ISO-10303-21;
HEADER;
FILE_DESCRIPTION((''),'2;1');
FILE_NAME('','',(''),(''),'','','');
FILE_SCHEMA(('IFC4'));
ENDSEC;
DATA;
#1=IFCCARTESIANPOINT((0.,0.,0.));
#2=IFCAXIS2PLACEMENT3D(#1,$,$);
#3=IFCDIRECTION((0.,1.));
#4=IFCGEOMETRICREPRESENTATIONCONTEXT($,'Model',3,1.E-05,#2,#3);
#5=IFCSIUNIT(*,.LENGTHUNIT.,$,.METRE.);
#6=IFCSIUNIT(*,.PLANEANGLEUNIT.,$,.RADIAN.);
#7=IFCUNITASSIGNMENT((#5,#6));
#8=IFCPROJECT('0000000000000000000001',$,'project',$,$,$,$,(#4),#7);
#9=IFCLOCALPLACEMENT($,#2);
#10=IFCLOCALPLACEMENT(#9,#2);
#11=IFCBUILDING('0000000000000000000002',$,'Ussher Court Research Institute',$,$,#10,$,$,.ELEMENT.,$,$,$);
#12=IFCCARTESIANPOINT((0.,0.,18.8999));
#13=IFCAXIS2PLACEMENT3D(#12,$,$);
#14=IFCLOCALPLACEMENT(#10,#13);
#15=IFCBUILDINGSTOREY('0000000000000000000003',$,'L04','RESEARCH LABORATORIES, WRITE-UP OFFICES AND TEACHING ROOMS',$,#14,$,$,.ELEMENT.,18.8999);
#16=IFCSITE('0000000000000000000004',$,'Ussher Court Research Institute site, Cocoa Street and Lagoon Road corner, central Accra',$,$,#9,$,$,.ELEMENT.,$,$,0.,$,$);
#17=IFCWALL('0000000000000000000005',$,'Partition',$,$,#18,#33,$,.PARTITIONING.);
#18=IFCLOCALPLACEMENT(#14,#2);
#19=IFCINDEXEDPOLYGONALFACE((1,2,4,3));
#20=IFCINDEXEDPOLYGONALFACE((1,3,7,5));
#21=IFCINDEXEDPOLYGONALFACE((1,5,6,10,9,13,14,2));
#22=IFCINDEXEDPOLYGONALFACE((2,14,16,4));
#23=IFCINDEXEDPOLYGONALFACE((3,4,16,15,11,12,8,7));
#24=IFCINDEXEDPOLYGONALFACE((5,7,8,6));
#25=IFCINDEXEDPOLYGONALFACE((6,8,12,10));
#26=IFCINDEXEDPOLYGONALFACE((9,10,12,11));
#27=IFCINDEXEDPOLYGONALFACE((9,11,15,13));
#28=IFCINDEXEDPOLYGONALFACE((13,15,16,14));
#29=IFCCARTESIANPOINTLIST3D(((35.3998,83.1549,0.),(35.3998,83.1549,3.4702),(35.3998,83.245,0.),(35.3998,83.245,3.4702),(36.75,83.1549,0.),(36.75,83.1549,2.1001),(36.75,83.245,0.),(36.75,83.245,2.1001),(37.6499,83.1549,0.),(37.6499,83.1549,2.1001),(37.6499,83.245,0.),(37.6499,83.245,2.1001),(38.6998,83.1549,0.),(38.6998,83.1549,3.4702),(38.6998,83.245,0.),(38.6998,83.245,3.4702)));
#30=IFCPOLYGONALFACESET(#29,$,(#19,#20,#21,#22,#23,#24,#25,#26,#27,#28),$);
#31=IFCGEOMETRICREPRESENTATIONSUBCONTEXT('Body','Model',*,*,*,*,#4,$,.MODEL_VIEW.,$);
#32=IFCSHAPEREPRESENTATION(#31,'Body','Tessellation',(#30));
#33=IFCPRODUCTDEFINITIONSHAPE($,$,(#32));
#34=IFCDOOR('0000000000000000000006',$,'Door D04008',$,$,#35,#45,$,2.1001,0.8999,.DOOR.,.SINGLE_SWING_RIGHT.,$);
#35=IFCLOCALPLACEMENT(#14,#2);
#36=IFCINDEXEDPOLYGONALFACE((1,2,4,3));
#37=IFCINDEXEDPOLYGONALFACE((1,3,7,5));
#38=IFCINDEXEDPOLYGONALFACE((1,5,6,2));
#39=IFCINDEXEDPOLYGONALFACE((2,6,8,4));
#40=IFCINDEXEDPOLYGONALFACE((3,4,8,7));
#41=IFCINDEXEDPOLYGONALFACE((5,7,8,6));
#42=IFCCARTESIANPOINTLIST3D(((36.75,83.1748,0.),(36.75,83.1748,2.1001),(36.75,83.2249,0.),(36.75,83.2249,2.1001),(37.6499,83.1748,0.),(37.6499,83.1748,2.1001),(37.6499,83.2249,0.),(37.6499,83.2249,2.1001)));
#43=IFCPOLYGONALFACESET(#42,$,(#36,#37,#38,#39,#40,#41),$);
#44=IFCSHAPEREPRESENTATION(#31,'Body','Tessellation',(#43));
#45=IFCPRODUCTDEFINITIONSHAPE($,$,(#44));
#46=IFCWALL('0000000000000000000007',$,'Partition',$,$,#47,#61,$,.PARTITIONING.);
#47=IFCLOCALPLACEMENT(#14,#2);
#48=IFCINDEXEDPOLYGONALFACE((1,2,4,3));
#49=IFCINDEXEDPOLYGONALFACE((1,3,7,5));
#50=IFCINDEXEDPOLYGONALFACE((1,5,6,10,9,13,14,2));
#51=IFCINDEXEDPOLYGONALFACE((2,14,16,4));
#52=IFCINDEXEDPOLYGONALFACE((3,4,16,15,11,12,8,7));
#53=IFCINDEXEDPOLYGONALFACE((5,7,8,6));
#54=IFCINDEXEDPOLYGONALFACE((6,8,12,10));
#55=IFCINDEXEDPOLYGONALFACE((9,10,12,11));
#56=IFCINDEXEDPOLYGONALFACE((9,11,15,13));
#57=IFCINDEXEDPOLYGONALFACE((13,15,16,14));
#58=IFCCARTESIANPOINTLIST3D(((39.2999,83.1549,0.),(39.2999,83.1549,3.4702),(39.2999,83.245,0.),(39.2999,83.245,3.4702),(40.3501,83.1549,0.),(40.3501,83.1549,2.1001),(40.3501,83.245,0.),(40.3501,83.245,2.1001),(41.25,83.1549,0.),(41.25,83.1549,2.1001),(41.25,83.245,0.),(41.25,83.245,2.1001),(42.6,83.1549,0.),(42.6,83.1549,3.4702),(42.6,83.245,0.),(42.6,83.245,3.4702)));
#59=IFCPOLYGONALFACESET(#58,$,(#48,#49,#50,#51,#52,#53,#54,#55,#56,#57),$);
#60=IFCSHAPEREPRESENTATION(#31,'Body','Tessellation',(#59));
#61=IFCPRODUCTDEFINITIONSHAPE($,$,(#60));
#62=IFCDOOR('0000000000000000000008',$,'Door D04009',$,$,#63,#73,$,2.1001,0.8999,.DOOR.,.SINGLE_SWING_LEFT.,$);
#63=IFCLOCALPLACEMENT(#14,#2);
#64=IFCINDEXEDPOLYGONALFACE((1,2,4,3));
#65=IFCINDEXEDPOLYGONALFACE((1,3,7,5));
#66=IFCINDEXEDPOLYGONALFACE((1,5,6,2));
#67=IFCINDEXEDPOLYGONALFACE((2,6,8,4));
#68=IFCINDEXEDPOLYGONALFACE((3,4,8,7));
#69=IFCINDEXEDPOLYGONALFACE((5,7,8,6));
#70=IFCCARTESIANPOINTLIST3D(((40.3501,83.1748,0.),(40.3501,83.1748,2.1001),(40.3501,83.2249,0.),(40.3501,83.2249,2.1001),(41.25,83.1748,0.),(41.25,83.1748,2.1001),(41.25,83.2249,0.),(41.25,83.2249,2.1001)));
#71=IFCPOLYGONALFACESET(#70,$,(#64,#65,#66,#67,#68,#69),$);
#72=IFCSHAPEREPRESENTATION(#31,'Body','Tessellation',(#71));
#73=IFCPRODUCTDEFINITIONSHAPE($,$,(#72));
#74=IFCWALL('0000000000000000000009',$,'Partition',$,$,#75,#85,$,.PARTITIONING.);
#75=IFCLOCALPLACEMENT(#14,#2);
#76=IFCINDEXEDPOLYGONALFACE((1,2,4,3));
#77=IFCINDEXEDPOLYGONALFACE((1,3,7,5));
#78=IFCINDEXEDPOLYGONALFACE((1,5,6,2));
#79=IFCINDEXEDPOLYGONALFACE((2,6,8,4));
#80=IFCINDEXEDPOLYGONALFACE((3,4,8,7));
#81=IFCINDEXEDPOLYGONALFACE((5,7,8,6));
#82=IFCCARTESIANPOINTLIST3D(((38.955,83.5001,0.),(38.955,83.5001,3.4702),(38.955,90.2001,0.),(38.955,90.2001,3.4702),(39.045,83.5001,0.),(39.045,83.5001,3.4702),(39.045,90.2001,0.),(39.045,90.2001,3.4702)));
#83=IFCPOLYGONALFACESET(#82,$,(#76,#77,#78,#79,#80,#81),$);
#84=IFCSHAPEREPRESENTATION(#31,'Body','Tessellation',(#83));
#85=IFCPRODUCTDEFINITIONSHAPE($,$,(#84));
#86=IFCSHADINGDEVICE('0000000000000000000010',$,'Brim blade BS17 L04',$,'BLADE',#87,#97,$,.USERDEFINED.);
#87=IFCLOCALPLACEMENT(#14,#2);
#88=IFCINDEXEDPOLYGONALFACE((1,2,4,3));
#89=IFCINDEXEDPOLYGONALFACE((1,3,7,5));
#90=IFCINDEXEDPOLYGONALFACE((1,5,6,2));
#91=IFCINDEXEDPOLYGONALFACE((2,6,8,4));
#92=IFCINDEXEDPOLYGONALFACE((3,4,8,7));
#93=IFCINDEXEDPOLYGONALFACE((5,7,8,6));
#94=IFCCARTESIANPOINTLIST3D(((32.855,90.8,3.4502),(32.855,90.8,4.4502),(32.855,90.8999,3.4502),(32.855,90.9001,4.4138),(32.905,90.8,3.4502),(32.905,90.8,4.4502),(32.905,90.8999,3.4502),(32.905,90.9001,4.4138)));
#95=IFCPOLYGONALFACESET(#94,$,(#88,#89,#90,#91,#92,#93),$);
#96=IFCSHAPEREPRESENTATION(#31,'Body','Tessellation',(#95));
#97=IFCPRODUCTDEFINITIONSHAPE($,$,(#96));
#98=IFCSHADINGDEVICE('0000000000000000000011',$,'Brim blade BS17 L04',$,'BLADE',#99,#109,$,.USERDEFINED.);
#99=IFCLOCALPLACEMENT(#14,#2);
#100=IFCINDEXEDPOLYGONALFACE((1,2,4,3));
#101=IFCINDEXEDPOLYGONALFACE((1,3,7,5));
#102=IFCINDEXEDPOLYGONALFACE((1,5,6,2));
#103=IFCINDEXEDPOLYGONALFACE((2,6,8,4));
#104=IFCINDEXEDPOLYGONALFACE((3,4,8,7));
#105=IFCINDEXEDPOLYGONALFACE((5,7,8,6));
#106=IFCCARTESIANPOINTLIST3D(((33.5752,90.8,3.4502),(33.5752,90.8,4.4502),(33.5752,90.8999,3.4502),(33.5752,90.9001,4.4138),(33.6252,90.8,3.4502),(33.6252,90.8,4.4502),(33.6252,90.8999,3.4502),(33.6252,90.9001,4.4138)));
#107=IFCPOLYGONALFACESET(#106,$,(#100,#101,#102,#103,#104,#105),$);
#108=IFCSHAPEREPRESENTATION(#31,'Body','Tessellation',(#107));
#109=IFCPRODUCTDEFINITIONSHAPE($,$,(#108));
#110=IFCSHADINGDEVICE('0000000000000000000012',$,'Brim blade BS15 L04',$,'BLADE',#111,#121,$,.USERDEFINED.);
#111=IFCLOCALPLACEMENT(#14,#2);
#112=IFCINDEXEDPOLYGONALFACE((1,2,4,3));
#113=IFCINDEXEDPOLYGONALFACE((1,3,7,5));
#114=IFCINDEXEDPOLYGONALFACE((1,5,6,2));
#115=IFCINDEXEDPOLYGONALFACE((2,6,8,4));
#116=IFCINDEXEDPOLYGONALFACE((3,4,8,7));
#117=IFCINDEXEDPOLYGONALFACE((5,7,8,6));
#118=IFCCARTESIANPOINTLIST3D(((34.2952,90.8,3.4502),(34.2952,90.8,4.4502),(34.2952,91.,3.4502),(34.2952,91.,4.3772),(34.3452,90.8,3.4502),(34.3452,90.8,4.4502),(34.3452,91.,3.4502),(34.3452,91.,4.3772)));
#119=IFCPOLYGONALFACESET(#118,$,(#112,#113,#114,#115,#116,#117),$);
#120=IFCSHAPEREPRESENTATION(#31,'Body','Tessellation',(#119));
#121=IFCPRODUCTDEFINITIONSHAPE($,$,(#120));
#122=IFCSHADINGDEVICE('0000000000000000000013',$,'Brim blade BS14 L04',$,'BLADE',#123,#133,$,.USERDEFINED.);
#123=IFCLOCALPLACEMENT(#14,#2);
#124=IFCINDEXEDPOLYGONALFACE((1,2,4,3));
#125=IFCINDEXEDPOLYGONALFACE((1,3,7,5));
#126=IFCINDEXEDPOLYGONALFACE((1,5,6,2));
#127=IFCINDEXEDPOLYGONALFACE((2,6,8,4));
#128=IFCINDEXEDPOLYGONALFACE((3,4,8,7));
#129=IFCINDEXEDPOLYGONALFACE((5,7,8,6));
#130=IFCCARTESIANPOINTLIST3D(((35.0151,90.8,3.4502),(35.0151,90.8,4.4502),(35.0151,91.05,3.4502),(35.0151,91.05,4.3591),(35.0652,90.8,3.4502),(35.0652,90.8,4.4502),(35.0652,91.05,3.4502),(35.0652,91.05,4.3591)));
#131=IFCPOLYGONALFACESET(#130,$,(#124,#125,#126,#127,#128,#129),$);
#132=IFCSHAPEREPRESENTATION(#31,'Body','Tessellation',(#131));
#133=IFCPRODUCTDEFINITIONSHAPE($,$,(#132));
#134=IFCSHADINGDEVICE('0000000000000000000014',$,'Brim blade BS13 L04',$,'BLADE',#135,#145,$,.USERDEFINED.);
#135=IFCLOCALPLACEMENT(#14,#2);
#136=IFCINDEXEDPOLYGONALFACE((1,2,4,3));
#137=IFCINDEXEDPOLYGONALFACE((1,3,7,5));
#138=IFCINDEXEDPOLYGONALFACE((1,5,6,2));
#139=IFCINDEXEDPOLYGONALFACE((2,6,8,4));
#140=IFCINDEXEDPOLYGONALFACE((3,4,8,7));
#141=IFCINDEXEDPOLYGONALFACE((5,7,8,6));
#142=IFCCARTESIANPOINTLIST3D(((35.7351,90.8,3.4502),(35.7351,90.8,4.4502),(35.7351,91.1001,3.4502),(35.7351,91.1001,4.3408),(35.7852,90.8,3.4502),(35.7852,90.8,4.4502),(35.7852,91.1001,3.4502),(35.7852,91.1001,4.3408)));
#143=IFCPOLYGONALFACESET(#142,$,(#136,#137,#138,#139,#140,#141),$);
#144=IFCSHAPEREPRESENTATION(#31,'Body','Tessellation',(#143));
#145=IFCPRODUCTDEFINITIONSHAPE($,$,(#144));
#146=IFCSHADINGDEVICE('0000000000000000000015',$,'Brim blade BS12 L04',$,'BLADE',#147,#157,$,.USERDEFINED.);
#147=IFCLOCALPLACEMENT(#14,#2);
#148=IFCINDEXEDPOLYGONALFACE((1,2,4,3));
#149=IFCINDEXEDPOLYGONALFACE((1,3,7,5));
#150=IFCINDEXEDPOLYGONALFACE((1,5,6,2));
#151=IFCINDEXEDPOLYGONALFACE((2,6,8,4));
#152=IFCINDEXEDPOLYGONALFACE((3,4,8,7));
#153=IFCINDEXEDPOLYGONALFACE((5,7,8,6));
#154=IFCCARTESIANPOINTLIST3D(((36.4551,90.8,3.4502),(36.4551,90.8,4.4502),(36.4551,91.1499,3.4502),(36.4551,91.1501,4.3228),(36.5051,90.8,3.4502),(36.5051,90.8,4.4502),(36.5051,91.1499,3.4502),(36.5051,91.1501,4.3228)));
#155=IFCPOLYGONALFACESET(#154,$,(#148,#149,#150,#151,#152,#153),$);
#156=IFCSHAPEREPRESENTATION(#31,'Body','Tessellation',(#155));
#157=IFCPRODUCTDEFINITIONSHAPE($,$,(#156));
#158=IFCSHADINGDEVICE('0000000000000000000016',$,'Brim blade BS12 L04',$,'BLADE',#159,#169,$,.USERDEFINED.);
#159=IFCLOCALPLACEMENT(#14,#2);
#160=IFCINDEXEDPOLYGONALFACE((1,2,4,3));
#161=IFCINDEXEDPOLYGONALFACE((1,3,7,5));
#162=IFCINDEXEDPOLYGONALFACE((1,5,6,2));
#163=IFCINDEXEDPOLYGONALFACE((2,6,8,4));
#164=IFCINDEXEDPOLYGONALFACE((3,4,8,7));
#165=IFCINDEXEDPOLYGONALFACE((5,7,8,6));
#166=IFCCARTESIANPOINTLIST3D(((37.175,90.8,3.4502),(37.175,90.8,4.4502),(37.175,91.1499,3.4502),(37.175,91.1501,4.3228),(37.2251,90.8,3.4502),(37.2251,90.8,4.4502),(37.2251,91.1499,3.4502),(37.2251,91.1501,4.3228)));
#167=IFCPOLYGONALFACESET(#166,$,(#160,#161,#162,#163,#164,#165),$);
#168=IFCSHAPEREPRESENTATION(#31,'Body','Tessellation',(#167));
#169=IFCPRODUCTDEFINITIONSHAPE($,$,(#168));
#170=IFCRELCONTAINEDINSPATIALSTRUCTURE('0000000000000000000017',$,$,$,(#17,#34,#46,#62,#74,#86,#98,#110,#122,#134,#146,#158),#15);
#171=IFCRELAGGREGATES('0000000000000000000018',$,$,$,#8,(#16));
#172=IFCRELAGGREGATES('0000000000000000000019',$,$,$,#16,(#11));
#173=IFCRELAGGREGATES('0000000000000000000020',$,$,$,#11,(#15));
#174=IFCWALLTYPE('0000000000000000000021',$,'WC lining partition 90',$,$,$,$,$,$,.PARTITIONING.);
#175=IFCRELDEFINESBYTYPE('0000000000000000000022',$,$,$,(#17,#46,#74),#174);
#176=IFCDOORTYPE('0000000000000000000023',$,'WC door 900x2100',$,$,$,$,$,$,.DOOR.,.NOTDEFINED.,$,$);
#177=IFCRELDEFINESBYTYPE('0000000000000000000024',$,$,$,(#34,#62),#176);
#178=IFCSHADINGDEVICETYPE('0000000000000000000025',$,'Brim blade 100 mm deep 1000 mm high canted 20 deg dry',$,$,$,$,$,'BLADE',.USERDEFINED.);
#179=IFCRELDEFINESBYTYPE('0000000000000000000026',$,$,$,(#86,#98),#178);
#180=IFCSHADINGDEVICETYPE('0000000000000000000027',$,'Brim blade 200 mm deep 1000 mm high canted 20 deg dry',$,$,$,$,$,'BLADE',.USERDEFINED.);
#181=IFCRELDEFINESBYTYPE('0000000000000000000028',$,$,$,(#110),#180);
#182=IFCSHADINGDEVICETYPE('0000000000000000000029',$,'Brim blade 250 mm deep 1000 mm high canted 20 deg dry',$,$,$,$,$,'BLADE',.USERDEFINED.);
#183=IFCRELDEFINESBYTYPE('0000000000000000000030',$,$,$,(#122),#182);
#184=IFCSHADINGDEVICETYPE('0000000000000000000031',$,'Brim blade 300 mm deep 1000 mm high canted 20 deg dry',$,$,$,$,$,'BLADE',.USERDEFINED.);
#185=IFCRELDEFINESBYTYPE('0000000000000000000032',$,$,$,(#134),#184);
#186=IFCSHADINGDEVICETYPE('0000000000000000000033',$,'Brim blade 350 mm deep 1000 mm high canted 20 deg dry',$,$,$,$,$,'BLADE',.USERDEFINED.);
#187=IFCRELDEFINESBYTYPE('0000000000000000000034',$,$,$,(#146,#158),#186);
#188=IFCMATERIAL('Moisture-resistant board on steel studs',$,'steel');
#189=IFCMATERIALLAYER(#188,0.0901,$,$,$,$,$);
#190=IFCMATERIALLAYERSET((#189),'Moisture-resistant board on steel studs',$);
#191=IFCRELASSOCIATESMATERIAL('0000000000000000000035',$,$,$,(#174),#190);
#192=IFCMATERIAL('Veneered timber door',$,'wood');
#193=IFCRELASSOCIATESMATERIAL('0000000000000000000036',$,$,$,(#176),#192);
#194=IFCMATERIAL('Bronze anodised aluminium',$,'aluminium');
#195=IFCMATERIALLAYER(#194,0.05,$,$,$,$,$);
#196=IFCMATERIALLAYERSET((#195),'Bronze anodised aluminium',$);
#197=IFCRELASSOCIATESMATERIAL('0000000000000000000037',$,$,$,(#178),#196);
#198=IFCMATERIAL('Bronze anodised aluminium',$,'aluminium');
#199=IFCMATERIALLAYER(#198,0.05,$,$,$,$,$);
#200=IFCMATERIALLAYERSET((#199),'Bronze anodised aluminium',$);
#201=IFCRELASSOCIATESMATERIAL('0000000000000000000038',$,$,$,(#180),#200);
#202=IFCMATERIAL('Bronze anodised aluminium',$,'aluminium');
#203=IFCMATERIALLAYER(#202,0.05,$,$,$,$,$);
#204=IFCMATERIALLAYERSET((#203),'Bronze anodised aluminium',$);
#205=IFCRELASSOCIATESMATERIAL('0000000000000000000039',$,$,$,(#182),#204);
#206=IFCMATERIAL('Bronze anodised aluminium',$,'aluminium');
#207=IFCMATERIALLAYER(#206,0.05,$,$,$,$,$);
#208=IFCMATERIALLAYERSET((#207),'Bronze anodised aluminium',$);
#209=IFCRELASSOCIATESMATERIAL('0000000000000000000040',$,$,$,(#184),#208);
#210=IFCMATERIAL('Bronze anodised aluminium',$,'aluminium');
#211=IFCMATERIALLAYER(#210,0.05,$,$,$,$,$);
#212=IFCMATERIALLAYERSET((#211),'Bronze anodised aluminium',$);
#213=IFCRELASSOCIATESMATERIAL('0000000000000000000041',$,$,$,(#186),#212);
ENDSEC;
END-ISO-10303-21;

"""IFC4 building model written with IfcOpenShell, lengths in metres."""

from ifc_helpers import new_model, si_unit, direction, frame, frame_2d, origin, place, context, subcontext, project, spatial, polyline, rectangle, outline, extrude, material, layer, layer_set, type_object, element, fill, save


model = new_model("IFC4")

# Units and contexts
model_context = context("Model", 3, precision=1e-05, world=origin(), true_north=direction((0.0, 1.0)))
body_context = subcontext(model_context, "Body", "Model", "MODEL_VIEW")
ifc_project = project(units=[si_unit("LENGTHUNIT", "METRE"), si_unit("PLANEANGLEUNIT", "RADIAN")], contexts=[model_context])

# Site, building, storey
site_placement = place(None, origin())
site = spatial("IfcSite", under=ifc_project, at=site_placement, Name="Ussher Court Research Institute site, Cocoa Street and Lagoon Road corner, central Accra", CompositionType="ELEMENT", RefElevation=0.0)
building_placement = place(site_placement, origin())
building = spatial("IfcBuilding", under=site, at=building_placement, Name="Ussher Court Research Institute", CompositionType="ELEMENT")
storey_placement = place(building_placement, frame((0.0, 0.0, 18.8999)))
storey = spatial("IfcBuildingStorey", under=building, at=storey_placement, Name="L04", Description="RESEARCH LABORATORIES, WRITE-UP OFFICES AND TEACHING ROOMS", CompositionType="ELEMENT", Elevation=18.8999)

# Walls, openings, doors
ifc_material_1 = material(Name="Moisture-resistant board on steel studs", Category="steel")
ifc_layer_1 = layer(ifc_material_1, 0.0901)
ifc_layer_set_1 = layer_set([ifc_layer_1], Name="Moisture-resistant board on steel studs")
wall_type_1 = type_object("IfcWallType", Name="WC lining partition 90", PredefinedType="PARTITIONING", material=ifc_layer_set_1)
wall_1_placement = place(storey_placement, frame((35.3999, 83.2, 0.0), z_axis=(0.0, 0.0, 1.0), x_axis=(1.0, 0.0, 0.0)))
wall_1 = element("IfcWall", 1, at=wall_1_placement, inside=storey, type_object=wall_type_1, Name="Partition", PredefinedType="PARTITIONING", context=body_context, shape_type="SweptSolid", body=[
    extrude(rectangle(XDim=3.3, YDim=0.0901, at=frame_2d((1.6499, 0.0))), origin(), (0.0, 0.0, 1.0), 3.4702),
])
opening_1_placement = place(wall_1_placement, frame((1.3501, 0.0, 0.0)))
opening_1 = element("IfcOpeningElement", 2, at=opening_1_placement, cuts=wall_1, PredefinedType="OPENING", context=body_context, shape_type="SweptSolid", body=[
    extrude(rectangle(XDim=0.8999, YDim=2.1001, at=frame_2d((0.45, 1.05))), frame((0.0, 0.0552, 0.0), z_axis=(0.0, -1.0, 0.0), x_axis=(1.0, 0.0, 0.0)), (0.0, 0.0, 1.0), 0.1101),
])
ifc_material_2 = material(Name="Veneered timber door", Category="wood")
door_type = type_object("IfcDoorType", Name="WC door 900x2100", OperationType="NOTDEFINED", PredefinedType="DOOR", material=ifc_material_2)
door_1_placement = place(opening_1_placement, origin())
door_1 = element("IfcDoor", 3, at=door_1_placement, inside=storey, type_object=door_type, Name="Door D04008", OperationType="SINGLE_SWING_RIGHT", OverallHeight=2.1001, OverallWidth=0.8999, PredefinedType="DOOR", context=body_context, shape_type="SweptSolid", body=[
    extrude(rectangle(XDim=0.8999, YDim=2.1001, at=frame_2d((0.45, 1.05))), frame((0.0, 0.0249, 0.0), z_axis=(0.0, -1.0, 0.0), x_axis=(1.0, 0.0, 0.0)), (0.0, 0.0, 1.0), 0.05),
])
fill(opening_1, door_1)
wall_2_placement = place(storey_placement, frame((39.3, 83.2, 0.0), z_axis=(0.0, 0.0, 1.0), x_axis=(1.0, 0.0, 0.0)))
wall_2 = element("IfcWall", 4, at=wall_2_placement, inside=storey, type_object=wall_type_1, Name="Partition", PredefinedType="PARTITIONING", context=body_context, shape_type="SweptSolid", body=[
    extrude(rectangle(XDim=3.3, YDim=0.0901, at=frame_2d((1.6499, 0.0))), origin(), (0.0, 0.0, 1.0), 3.4702),
])
opening_2_placement = place(wall_2_placement, frame((1.05, 0.0, 0.0)))
opening_2 = element("IfcOpeningElement", 5, at=opening_2_placement, cuts=wall_2, PredefinedType="OPENING", context=body_context, shape_type="SweptSolid", body=[
    extrude(rectangle(XDim=0.8999, YDim=2.1001, at=frame_2d((0.45, 1.05))), frame((0.0, 0.0552, 0.0), z_axis=(0.0, -1.0, 0.0), x_axis=(1.0, 0.0, 0.0)), (0.0, 0.0, 1.0), 0.1101),
])
door_2_placement = place(opening_2_placement, origin())
door_2 = element("IfcDoor", 6, at=door_2_placement, inside=storey, type_object=door_type, Name="Door D04009", OperationType="SINGLE_SWING_LEFT", OverallHeight=2.1001, OverallWidth=0.8999, PredefinedType="DOOR", context=body_context, shape_type="SweptSolid", body=[
    extrude(rectangle(XDim=0.8999, YDim=2.1001, at=frame_2d((0.45, 1.05))), frame((0.0, 0.0249, 0.0), z_axis=(0.0, -1.0, 0.0), x_axis=(1.0, 0.0, 0.0)), (0.0, 0.0, 1.0), 0.05),
])
fill(opening_2, door_2)

# Wall
wall_3_placement = place(storey_placement, frame((39.0, 83.5, 0.0), z_axis=(0.0, 0.0, 1.0), x_axis=(0.0, 1.0, 0.0)))
element("IfcWall", 7, at=wall_3_placement, inside=storey, type_object=wall_type_1, Name="Partition", PredefinedType="PARTITIONING", context=body_context, shape_type="SweptSolid", body=[
    extrude(rectangle(XDim=6.7, YDim=0.0901, at=frame_2d((3.3501, 0.0))), origin(), (0.0, 0.0, 1.0), 3.4702),
])

# Shading devices
ifc_material_3 = material(Name="Bronze anodised aluminium", Category="aluminium")
ifc_layer_2 = layer(ifc_material_3, 0.05)
ifc_layer_set_2 = layer_set([ifc_layer_2], Name="Bronze anodised aluminium")
shading_device_type_1 = type_object("IfcShadingDeviceType", Name="Brim blade 100 mm deep 1000 mm high canted 20 deg dry", ElementType="BLADE", PredefinedType="USERDEFINED", material=ifc_layer_set_2)
for number, where, z_axis, x_axis, name in (
    (8, (32.8799, 90.8, 3.4502), (0.0, 0.0, 1.0), (0.0, 1.0, 0.0), "Brim blade BS17 L04"),
    (9, (33.6001, 90.8, 3.4502), (0.0, 0.0, 1.0), (0.0, 1.0, 0.0), "Brim blade BS17 L04"),
):
    element("IfcShadingDevice", number, at=place(storey_placement, frame(where, z_axis=z_axis, x_axis=x_axis)), inside=storey, type_object=shading_device_type_1, Name=name, ObjectType="BLADE", PredefinedType="USERDEFINED", context=body_context, shape_type="SweptSolid", body=[
        extrude(outline(polyline([(0.0, 0.0), (0.0999, 0.0), (0.1001, 0.9636), (0.0, 1.0), (0.0, 0.0)])), frame((0.0, 0.0249, 0.0), z_axis=(0.0, -1.0, 0.0), x_axis=(1.0, 0.0, 0.0)), (0.0, 0.0, 1.0), 0.05),
    ])
ifc_material_4 = material(Name="Bronze anodised aluminium", Category="aluminium")
ifc_layer_3 = layer(ifc_material_4, 0.05)
ifc_layer_set_3 = layer_set([ifc_layer_3], Name="Bronze anodised aluminium")
shading_device_type_2 = type_object("IfcShadingDeviceType", Name="Brim blade 200 mm deep 1000 mm high canted 20 deg dry", ElementType="BLADE", PredefinedType="USERDEFINED", material=ifc_layer_set_3)
shading_device_1_placement = place(storey_placement, frame((34.3201, 90.8, 3.4502), z_axis=(0.0, 0.0, 1.0), x_axis=(0.0, 1.0, 0.0)))
element("IfcShadingDevice", 10, at=shading_device_1_placement, inside=storey, type_object=shading_device_type_2, Name="Brim blade BS15 L04", ObjectType="BLADE", PredefinedType="USERDEFINED", context=body_context, shape_type="SweptSolid", body=[
    extrude(outline(polyline([(0.0, 0.0), (0.2, 0.0), (0.2, 0.927), (0.0, 1.0), (0.0, 0.0)])), frame((0.0, 0.0249, 0.0), z_axis=(0.0, -1.0, 0.0), x_axis=(1.0, 0.0, 0.0)), (0.0, 0.0, 1.0), 0.05),
])
ifc_material_5 = material(Name="Bronze anodised aluminium", Category="aluminium")
ifc_layer_4 = layer(ifc_material_5, 0.05)
ifc_layer_set_4 = layer_set([ifc_layer_4], Name="Bronze anodised aluminium")
shading_device_type_3 = type_object("IfcShadingDeviceType", Name="Brim blade 250 mm deep 1000 mm high canted 20 deg dry", ElementType="BLADE", PredefinedType="USERDEFINED", material=ifc_layer_set_4)
shading_device_2_placement = place(storey_placement, frame((35.04, 90.8, 3.4502), z_axis=(0.0, 0.0, 1.0), x_axis=(0.0, 1.0, 0.0)))
element("IfcShadingDevice", 11, at=shading_device_2_placement, inside=storey, type_object=shading_device_type_3, Name="Brim blade BS14 L04", ObjectType="BLADE", PredefinedType="USERDEFINED", context=body_context, shape_type="SweptSolid", body=[
    extrude(outline(polyline([(0.0, 0.0), (0.25, 0.0), (0.25, 0.9089), (0.0, 1.0), (0.0, 0.0)])), frame((0.0, 0.0249, 0.0), z_axis=(0.0, -1.0, 0.0), x_axis=(1.0, 0.0, 0.0)), (0.0, 0.0, 1.0), 0.05),
])
ifc_material_6 = material(Name="Bronze anodised aluminium", Category="aluminium")
ifc_layer_5 = layer(ifc_material_6, 0.05)
ifc_layer_set_5 = layer_set([ifc_layer_5], Name="Bronze anodised aluminium")
shading_device_type_4 = type_object("IfcShadingDeviceType", Name="Brim blade 300 mm deep 1000 mm high canted 20 deg dry", ElementType="BLADE", PredefinedType="USERDEFINED", material=ifc_layer_set_5)
shading_device_3_placement = place(storey_placement, frame((35.76, 90.8, 3.4502), z_axis=(0.0, 0.0, 1.0), x_axis=(0.0, 1.0, 0.0)))
element("IfcShadingDevice", 12, at=shading_device_3_placement, inside=storey, type_object=shading_device_type_4, Name="Brim blade BS13 L04", ObjectType="BLADE", PredefinedType="USERDEFINED", context=body_context, shape_type="SweptSolid", body=[
    extrude(outline(polyline([(0.0, 0.0), (0.3, 0.0), (0.3, 0.8906), (0.0, 1.0), (0.0, 0.0)])), frame((0.0, 0.0249, 0.0), z_axis=(0.0, -1.0, 0.0), x_axis=(1.0, 0.0, 0.0)), (0.0, 0.0, 1.0), 0.05),
])
ifc_material_7 = material(Name="Bronze anodised aluminium", Category="aluminium")
ifc_layer_6 = layer(ifc_material_7, 0.05)
ifc_layer_set_6 = layer_set([ifc_layer_6], Name="Bronze anodised aluminium")
shading_device_type_5 = type_object("IfcShadingDeviceType", Name="Brim blade 350 mm deep 1000 mm high canted 20 deg dry", ElementType="BLADE", PredefinedType="USERDEFINED", material=ifc_layer_set_6)
for number, where, z_axis, x_axis, name in (
    (13, (36.48, 90.8, 3.4502), (0.0, 0.0, 1.0), (0.0, 1.0, 0.0), "Brim blade BS12 L04"),
    (14, (37.2, 90.8, 3.4502), (0.0, 0.0, 1.0), (0.0, 1.0, 0.0), "Brim blade BS12 L04"),
):
    element("IfcShadingDevice", number, at=place(storey_placement, frame(where, z_axis=z_axis, x_axis=x_axis)), inside=storey, type_object=shading_device_type_5, Name=name, ObjectType="BLADE", PredefinedType="USERDEFINED", context=body_context, shape_type="SweptSolid", body=[
        extrude(outline(polyline([(0.0, 0.0), (0.3499, 0.0), (0.3501, 0.8726), (0.0, 1.0), (0.0, 0.0)])), frame((0.0, 0.0249, 0.0), z_axis=(0.0, -1.0, 0.0), x_axis=(1.0, 0.0, 0.0)), (0.0, 0.0, 1.0), 0.05),
    ])

save(model, "model.ifc")
